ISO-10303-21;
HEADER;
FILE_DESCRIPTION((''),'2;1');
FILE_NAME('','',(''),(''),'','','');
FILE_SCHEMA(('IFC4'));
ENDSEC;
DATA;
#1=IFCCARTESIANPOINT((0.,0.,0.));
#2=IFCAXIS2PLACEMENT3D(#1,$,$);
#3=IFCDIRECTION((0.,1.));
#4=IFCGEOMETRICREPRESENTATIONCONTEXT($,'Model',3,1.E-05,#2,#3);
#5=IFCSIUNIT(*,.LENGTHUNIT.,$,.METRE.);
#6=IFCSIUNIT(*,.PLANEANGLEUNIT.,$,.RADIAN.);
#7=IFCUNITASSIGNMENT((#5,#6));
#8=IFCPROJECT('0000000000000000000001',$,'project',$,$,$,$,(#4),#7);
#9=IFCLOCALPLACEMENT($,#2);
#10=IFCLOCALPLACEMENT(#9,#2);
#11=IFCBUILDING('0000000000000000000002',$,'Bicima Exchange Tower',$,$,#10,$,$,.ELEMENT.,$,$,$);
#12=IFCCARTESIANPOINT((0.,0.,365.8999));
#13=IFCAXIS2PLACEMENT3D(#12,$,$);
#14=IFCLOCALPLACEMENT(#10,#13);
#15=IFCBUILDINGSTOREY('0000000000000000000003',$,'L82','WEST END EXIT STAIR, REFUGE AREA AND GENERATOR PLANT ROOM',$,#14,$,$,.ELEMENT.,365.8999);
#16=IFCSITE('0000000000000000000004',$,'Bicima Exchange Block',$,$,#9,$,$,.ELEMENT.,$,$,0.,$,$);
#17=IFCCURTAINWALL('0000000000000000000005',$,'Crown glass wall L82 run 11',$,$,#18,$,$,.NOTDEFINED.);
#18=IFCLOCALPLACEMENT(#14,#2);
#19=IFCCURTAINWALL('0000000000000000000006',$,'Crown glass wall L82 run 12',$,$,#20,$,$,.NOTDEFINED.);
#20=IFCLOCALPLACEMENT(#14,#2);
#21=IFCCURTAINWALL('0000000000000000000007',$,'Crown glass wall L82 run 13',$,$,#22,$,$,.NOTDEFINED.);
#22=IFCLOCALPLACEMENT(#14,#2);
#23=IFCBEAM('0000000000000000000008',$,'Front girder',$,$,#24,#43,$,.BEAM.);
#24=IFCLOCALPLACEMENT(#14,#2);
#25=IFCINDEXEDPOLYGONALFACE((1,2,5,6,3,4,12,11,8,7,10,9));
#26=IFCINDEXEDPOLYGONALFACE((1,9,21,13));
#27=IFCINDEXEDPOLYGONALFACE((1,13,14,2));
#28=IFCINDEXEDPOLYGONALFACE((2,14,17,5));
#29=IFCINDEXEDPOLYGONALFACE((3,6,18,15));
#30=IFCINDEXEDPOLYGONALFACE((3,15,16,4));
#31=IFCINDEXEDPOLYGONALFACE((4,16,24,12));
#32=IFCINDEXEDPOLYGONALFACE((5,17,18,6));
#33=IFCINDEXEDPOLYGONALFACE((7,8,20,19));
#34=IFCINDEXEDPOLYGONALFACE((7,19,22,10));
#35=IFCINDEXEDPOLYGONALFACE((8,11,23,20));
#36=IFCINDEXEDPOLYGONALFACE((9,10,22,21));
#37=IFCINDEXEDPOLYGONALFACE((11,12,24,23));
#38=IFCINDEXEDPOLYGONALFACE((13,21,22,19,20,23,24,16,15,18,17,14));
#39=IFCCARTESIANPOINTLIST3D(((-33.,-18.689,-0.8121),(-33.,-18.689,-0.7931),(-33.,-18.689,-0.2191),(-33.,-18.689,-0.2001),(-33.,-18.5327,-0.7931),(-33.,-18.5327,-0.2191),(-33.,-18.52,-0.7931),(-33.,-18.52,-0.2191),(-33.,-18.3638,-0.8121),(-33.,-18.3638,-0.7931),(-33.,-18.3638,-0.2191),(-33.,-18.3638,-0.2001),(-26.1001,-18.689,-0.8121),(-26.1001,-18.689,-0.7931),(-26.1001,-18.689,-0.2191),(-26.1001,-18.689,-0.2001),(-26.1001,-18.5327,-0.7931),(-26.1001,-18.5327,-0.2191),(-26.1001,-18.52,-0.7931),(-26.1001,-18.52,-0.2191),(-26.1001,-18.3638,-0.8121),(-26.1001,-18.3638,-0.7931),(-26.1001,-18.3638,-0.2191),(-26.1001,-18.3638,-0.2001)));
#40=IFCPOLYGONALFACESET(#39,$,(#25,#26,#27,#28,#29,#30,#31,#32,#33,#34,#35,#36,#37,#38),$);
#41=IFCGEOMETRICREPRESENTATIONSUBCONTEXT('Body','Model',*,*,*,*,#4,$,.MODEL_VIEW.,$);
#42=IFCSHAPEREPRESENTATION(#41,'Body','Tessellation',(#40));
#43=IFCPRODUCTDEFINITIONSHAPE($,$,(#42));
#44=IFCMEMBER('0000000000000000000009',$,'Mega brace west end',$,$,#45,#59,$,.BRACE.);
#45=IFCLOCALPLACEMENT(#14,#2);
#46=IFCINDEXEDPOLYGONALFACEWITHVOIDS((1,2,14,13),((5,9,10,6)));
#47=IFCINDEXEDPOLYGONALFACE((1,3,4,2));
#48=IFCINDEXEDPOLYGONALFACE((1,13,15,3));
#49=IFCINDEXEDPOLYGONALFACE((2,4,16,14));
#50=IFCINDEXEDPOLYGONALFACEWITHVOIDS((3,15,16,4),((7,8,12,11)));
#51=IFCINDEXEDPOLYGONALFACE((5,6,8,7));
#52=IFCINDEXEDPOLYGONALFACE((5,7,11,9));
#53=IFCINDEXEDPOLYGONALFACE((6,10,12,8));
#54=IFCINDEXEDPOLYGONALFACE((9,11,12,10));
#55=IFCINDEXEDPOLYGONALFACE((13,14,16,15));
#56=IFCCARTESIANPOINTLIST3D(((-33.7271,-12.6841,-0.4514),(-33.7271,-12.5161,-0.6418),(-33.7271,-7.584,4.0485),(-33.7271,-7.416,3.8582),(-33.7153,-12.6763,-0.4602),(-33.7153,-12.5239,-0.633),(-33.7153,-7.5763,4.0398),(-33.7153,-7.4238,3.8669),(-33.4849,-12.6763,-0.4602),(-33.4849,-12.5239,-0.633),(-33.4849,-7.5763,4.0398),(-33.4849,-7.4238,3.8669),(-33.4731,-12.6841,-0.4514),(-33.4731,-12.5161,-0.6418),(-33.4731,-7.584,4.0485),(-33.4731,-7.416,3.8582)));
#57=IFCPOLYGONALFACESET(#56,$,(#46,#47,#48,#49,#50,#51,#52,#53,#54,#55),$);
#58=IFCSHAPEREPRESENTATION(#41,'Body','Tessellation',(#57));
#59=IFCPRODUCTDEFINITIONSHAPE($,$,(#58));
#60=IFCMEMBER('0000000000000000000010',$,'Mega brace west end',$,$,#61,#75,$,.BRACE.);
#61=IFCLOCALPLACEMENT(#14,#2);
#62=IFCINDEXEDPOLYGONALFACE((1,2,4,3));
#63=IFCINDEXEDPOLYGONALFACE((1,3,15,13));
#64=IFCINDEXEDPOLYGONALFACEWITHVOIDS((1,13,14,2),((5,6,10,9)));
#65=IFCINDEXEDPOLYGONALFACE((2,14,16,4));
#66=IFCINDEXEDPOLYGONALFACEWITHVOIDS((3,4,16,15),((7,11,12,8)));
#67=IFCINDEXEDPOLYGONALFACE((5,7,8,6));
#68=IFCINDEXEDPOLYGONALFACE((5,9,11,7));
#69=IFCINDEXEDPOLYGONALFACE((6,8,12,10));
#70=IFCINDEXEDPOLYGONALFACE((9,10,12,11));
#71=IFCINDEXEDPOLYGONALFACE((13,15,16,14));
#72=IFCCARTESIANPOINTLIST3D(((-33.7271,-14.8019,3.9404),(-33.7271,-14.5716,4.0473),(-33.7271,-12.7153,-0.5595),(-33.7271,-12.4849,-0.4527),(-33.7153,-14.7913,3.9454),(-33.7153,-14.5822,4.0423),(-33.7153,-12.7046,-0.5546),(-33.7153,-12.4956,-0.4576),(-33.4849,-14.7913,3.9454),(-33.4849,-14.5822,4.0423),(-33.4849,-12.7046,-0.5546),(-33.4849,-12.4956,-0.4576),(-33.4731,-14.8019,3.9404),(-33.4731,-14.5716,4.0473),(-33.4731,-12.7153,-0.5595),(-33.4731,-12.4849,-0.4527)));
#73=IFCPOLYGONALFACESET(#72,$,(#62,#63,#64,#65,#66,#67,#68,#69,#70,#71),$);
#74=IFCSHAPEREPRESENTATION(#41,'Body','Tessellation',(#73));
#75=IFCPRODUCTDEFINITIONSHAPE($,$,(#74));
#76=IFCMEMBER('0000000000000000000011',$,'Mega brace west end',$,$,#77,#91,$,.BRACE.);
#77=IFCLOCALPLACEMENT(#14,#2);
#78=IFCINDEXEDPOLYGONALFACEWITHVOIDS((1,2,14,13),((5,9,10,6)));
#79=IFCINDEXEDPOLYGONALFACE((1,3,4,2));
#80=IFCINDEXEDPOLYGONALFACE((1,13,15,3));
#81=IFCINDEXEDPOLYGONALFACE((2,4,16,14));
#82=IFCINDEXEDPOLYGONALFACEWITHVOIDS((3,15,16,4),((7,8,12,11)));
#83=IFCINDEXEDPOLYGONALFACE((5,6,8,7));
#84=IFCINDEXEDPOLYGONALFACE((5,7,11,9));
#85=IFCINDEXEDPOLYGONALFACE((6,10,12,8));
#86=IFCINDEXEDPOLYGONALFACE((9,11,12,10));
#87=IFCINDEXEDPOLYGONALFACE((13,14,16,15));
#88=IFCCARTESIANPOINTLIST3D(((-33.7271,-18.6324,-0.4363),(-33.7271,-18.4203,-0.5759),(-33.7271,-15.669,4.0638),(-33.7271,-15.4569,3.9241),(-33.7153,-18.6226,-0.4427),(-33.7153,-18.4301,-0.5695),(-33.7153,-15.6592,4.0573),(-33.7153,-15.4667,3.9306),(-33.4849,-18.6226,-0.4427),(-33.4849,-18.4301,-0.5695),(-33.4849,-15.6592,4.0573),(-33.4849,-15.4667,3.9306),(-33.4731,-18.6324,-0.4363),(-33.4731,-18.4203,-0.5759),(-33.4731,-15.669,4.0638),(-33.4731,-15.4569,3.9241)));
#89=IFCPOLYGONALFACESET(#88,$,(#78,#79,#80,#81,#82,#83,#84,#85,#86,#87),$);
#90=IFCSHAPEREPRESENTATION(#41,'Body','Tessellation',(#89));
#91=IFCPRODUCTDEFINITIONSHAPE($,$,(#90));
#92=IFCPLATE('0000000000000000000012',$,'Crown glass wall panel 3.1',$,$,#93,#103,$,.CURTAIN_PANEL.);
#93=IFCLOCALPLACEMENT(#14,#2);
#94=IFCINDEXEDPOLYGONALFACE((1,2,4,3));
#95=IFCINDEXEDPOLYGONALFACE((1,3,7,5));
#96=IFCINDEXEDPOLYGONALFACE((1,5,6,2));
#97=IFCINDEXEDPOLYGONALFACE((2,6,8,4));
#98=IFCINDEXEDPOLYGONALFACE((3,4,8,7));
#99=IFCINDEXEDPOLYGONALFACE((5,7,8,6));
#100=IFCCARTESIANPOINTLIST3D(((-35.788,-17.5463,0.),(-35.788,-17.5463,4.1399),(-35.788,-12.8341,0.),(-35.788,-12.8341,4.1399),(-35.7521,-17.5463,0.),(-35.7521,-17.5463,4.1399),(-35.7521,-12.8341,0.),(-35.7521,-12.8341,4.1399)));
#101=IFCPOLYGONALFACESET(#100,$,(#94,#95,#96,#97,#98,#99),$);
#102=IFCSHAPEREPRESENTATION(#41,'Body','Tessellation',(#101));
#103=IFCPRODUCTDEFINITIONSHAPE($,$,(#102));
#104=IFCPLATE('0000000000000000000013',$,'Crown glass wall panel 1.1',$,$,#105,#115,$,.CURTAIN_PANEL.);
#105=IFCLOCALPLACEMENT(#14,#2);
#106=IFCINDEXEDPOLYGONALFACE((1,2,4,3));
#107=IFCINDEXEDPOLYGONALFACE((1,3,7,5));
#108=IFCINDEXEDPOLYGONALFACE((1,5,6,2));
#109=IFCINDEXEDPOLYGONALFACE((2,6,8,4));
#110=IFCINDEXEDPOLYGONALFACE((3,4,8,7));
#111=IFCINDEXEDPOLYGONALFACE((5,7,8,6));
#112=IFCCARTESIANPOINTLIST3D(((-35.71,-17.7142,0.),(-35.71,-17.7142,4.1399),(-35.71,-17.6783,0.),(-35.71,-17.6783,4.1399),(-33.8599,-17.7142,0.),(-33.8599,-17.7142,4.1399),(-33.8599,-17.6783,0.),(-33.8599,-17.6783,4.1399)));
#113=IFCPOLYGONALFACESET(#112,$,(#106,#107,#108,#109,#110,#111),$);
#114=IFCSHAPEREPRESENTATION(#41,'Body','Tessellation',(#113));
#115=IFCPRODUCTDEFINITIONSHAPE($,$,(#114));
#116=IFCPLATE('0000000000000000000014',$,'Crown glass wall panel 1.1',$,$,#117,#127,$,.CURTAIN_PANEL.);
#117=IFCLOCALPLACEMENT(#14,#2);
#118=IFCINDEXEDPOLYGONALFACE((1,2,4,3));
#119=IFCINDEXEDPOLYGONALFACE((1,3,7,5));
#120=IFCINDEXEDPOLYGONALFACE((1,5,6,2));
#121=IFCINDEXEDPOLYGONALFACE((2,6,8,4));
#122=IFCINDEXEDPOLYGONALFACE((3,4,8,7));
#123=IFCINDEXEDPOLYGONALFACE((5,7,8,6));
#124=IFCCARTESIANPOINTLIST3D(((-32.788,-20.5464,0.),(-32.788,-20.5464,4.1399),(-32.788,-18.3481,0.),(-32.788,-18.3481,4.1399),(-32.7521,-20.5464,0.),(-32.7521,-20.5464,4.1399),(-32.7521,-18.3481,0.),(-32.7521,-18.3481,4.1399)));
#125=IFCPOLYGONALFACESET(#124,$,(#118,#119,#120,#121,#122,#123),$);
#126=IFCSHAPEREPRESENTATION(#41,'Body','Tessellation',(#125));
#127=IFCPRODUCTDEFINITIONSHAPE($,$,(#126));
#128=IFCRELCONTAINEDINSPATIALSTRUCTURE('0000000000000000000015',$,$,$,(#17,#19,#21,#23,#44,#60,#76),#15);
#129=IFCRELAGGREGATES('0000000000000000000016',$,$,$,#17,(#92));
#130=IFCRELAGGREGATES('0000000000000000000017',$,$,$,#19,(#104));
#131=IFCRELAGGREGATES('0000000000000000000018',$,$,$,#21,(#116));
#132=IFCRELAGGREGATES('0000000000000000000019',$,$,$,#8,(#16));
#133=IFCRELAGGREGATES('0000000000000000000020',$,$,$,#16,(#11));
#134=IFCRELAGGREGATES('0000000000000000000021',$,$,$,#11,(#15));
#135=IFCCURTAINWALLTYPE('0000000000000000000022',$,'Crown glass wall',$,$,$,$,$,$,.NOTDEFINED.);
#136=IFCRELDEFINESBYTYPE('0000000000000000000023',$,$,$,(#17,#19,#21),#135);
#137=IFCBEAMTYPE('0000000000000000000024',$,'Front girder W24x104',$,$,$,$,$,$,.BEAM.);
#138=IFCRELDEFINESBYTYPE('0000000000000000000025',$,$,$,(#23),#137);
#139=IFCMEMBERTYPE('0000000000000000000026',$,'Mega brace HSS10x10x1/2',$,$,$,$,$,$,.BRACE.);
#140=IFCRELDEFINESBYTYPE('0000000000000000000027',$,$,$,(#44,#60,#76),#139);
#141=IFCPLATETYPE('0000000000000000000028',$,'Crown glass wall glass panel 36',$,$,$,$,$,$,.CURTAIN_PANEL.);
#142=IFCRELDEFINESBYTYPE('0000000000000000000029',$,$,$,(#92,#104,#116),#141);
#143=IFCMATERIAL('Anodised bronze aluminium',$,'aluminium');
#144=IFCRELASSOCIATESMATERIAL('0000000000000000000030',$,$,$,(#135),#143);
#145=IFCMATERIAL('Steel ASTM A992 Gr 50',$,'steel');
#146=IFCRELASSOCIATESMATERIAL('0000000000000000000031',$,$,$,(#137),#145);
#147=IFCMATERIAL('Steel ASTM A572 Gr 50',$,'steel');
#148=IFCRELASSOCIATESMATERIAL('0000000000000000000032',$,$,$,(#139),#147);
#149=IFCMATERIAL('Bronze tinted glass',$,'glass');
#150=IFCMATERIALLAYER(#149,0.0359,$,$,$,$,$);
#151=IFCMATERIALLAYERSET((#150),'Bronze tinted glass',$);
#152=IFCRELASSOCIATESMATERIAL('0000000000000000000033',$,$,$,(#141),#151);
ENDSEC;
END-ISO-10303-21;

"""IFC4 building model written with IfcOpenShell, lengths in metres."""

from ifc_helpers import new_model, si_unit, direction, frame, origin, origin_2d, place, context, subcontext, project, spatial, rectangle, hollow_rectangle, i_section, extrude, material, layer, layer_set, material_profile, profile_set, type_object, element, aggregate, save


model = new_model("IFC4")

# Units and contexts
model_context = context("Model", 3, precision=1e-05, world=origin(), true_north=direction((0.0, 1.0)))
body_context = subcontext(model_context, "Body", "Model", "MODEL_VIEW")
ifc_project = project(units=[si_unit("LENGTHUNIT", "METRE"), si_unit("PLANEANGLEUNIT", "RADIAN")], contexts=[model_context])

# Site, building, storey
site_placement = place(None, origin())
site = spatial("IfcSite", under=ifc_project, at=site_placement, Name="Bicima Exchange Block", CompositionType="ELEMENT", RefElevation=0.0)
building_placement = place(site_placement, origin())
building = spatial("IfcBuilding", under=site, at=building_placement, Name="Bicima Exchange Tower", CompositionType="ELEMENT")
storey_placement = place(building_placement, frame((0.0, 0.0, 365.8999)))
storey = spatial("IfcBuildingStorey", under=building, at=storey_placement, Name="L82", Description="WEST END EXIT STAIR, REFUGE AREA AND GENERATOR PLANT ROOM", CompositionType="ELEMENT", Elevation=365.8999)

# Shared definitions
ifc_material_1 = material(Name="Steel ASTM A572 Gr 50", Category="steel")
ifc_material_2 = material(Name="Steel ASTM A992 Gr 50", Category="steel")

# Curtain walls
ifc_material_3 = material(Name="Anodised bronze aluminium", Category="aluminium")
curtain_wall_type = type_object("IfcCurtainWallType", Name="Crown glass wall", PredefinedType="NOTDEFINED", material=ifc_material_3)
curtain_wall_1_placement = place(storey_placement, origin())
curtain_wall_1 = element("IfcCurtainWall", 1, at=curtain_wall_1_placement, inside=storey, type_object=curtain_wall_type, Name="Crown glass wall L82 run 11", PredefinedType="NOTDEFINED")
curtain_wall_2_placement = place(storey_placement, origin())
curtain_wall_2 = element("IfcCurtainWall", 2, at=curtain_wall_2_placement, inside=storey, type_object=curtain_wall_type, Name="Crown glass wall L82 run 12", PredefinedType="NOTDEFINED")
curtain_wall_3_placement = place(storey_placement, origin())
curtain_wall_3 = element("IfcCurtainWall", 3, at=curtain_wall_3_placement, inside=storey, type_object=curtain_wall_type, Name="Crown glass wall L82 run 13", PredefinedType="NOTDEFINED")

# Beam
ifc_material_profile_1 = material_profile(ifc_material_2, i_section(OverallWidth=0.3252, OverallDepth=0.6121, WebThickness=0.0127, FlangeThickness=0.019, at=origin_2d()))
ifc_profile_set_1 = profile_set([ifc_material_profile_1], Name="Steel ASTM A992 Gr 50")
beam_type_1 = type_object("IfcBeamType", Name="Front girder W24x104", PredefinedType="BEAM", material=ifc_profile_set_1)
beam_1_placement = place(storey_placement, frame((-33.0, -18.5264, -0.5061), z_axis=(1.0, 0.0, 0.0), x_axis=(0.0, 1.0, 0.0)))
element("IfcBeam", 4, at=beam_1_placement, inside=storey, type_object=beam_type_1, Name="Front girder", PredefinedType="BEAM", context=body_context, shape_type="SweptSolid", body=[
    extrude(i_section(OverallWidth=0.3252, OverallDepth=0.6121, WebThickness=0.0127, FlangeThickness=0.019, at=origin_2d()), origin(), (0.0, 0.0, 1.0), 6.8999),
])

# Members
ifc_material_profile_2 = material_profile(ifc_material_1, hollow_rectangle(XDim=0.2539, YDim=0.2539, WallThickness=0.0117, at=origin_2d()))
ifc_profile_set_2 = profile_set([ifc_material_profile_2], Name="Steel ASTM A572 Gr 50")
member_type_1 = type_object("IfcMemberType", Name="Mega brace HSS10x10x1/2", PredefinedType="BRACE", material=ifc_profile_set_2)
member_1_placement = place(storey_placement, frame((-33.6001, -12.6001, -0.5466), z_axis=(0.0, 0.749844, 0.661615), x_axis=(-1.0, 0.0, 0.0)))
element("IfcMember", 5, at=member_1_placement, inside=storey, type_object=member_type_1, Name="Mega brace west end", PredefinedType="BRACE", context=body_context, shape_type="SweptSolid", body=[
    extrude(hollow_rectangle(XDim=0.2539, YDim=0.2539, WallThickness=0.0117, at=origin_2d()), origin(), (0.0, 0.0, 1.0), 6.8015),
])
member_2_placement = place(storey_placement, frame((-33.6001, -12.6001, -0.5061), z_axis=(0.0, -0.420677, 0.90721), x_axis=(1.0, 0.0, 0.0)))
element("IfcMember", 6, at=member_2_placement, inside=storey, type_object=member_type_1, Name="Mega brace west end", PredefinedType="BRACE", context=body_context, shape_type="SweptSolid", body=[
    extrude(hollow_rectangle(XDim=0.2539, YDim=0.2539, WallThickness=0.0117, at=origin_2d()), origin(), (0.0, 0.0, 1.0), 4.9602),
])
member_3_placement = place(storey_placement, frame((-33.6001, -18.5264, -0.5061), z_axis=(0.0, 0.549986, 0.835174), x_axis=(-1.0, 0.0, 0.0)))
element("IfcMember", 7, at=member_3_placement, inside=storey, type_object=member_type_1, Name="Mega brace west end", PredefinedType="BRACE", context=body_context, shape_type="SweptSolid", body=[
    extrude(hollow_rectangle(XDim=0.2539, YDim=0.2539, WallThickness=0.0117, at=origin_2d()), origin(), (0.0, 0.0, 1.0), 5.3882),
])

# Plates
ifc_material_4 = material(Name="Bronze tinted glass", Category="glass")
ifc_layer_1 = layer(ifc_material_4, 0.0359)
ifc_layer_set_1 = layer_set([ifc_layer_1], Name="Bronze tinted glass")
plate_type = type_object("IfcPlateType", Name="Crown glass wall glass panel 36", PredefinedType="CURTAIN_PANEL", material=ifc_layer_set_1)
plate_1_placement = place(storey_placement, frame((-35.77, -15.1902, 0.0), z_axis=(0.0, 0.0, 1.0), x_axis=(0.0, -1.0, 0.0)))
plate_1 = element("IfcPlate", 8, at=plate_1_placement, type_object=plate_type, Name="Crown glass wall panel 3.1", PredefinedType="CURTAIN_PANEL", context=body_context, shape_type="SweptSolid", body=[
    extrude(rectangle(XDim=4.7122, YDim=0.0359, at=origin_2d()), origin(), (0.0, 0.0, 1.0), 4.1399),
])
aggregate(curtain_wall_1, [plate_1])
plate_2_placement = place(storey_placement, frame((-34.7849, -17.6963, 0.0), z_axis=(0.0, 0.0, 1.0), x_axis=(1.0, 0.0, 0.0)))
plate_2 = element("IfcPlate", 9, at=plate_2_placement, type_object=plate_type, Name="Crown glass wall panel 1.1", PredefinedType="CURTAIN_PANEL", context=body_context, shape_type="SweptSolid", body=[
    extrude(rectangle(XDim=1.8501, YDim=0.0359, at=origin_2d()), origin(), (0.0, 0.0, 1.0), 4.1399),
])
aggregate(curtain_wall_2, [plate_2])
plate_3_placement = place(storey_placement, frame((-32.77, -19.4473, 0.0), z_axis=(0.0, 0.0, 1.0), x_axis=(0.0, -1.0, 0.0)))
plate_3 = element("IfcPlate", 10, at=plate_3_placement, type_object=plate_type, Name="Crown glass wall panel 1.1", PredefinedType="CURTAIN_PANEL", context=body_context, shape_type="SweptSolid", body=[
    extrude(rectangle(XDim=2.1982, YDim=0.0359, at=origin_2d()), origin(), (0.0, 0.0, 1.0), 4.1399),
])
aggregate(curtain_wall_3, [plate_3])

save(model, "model.ifc")
